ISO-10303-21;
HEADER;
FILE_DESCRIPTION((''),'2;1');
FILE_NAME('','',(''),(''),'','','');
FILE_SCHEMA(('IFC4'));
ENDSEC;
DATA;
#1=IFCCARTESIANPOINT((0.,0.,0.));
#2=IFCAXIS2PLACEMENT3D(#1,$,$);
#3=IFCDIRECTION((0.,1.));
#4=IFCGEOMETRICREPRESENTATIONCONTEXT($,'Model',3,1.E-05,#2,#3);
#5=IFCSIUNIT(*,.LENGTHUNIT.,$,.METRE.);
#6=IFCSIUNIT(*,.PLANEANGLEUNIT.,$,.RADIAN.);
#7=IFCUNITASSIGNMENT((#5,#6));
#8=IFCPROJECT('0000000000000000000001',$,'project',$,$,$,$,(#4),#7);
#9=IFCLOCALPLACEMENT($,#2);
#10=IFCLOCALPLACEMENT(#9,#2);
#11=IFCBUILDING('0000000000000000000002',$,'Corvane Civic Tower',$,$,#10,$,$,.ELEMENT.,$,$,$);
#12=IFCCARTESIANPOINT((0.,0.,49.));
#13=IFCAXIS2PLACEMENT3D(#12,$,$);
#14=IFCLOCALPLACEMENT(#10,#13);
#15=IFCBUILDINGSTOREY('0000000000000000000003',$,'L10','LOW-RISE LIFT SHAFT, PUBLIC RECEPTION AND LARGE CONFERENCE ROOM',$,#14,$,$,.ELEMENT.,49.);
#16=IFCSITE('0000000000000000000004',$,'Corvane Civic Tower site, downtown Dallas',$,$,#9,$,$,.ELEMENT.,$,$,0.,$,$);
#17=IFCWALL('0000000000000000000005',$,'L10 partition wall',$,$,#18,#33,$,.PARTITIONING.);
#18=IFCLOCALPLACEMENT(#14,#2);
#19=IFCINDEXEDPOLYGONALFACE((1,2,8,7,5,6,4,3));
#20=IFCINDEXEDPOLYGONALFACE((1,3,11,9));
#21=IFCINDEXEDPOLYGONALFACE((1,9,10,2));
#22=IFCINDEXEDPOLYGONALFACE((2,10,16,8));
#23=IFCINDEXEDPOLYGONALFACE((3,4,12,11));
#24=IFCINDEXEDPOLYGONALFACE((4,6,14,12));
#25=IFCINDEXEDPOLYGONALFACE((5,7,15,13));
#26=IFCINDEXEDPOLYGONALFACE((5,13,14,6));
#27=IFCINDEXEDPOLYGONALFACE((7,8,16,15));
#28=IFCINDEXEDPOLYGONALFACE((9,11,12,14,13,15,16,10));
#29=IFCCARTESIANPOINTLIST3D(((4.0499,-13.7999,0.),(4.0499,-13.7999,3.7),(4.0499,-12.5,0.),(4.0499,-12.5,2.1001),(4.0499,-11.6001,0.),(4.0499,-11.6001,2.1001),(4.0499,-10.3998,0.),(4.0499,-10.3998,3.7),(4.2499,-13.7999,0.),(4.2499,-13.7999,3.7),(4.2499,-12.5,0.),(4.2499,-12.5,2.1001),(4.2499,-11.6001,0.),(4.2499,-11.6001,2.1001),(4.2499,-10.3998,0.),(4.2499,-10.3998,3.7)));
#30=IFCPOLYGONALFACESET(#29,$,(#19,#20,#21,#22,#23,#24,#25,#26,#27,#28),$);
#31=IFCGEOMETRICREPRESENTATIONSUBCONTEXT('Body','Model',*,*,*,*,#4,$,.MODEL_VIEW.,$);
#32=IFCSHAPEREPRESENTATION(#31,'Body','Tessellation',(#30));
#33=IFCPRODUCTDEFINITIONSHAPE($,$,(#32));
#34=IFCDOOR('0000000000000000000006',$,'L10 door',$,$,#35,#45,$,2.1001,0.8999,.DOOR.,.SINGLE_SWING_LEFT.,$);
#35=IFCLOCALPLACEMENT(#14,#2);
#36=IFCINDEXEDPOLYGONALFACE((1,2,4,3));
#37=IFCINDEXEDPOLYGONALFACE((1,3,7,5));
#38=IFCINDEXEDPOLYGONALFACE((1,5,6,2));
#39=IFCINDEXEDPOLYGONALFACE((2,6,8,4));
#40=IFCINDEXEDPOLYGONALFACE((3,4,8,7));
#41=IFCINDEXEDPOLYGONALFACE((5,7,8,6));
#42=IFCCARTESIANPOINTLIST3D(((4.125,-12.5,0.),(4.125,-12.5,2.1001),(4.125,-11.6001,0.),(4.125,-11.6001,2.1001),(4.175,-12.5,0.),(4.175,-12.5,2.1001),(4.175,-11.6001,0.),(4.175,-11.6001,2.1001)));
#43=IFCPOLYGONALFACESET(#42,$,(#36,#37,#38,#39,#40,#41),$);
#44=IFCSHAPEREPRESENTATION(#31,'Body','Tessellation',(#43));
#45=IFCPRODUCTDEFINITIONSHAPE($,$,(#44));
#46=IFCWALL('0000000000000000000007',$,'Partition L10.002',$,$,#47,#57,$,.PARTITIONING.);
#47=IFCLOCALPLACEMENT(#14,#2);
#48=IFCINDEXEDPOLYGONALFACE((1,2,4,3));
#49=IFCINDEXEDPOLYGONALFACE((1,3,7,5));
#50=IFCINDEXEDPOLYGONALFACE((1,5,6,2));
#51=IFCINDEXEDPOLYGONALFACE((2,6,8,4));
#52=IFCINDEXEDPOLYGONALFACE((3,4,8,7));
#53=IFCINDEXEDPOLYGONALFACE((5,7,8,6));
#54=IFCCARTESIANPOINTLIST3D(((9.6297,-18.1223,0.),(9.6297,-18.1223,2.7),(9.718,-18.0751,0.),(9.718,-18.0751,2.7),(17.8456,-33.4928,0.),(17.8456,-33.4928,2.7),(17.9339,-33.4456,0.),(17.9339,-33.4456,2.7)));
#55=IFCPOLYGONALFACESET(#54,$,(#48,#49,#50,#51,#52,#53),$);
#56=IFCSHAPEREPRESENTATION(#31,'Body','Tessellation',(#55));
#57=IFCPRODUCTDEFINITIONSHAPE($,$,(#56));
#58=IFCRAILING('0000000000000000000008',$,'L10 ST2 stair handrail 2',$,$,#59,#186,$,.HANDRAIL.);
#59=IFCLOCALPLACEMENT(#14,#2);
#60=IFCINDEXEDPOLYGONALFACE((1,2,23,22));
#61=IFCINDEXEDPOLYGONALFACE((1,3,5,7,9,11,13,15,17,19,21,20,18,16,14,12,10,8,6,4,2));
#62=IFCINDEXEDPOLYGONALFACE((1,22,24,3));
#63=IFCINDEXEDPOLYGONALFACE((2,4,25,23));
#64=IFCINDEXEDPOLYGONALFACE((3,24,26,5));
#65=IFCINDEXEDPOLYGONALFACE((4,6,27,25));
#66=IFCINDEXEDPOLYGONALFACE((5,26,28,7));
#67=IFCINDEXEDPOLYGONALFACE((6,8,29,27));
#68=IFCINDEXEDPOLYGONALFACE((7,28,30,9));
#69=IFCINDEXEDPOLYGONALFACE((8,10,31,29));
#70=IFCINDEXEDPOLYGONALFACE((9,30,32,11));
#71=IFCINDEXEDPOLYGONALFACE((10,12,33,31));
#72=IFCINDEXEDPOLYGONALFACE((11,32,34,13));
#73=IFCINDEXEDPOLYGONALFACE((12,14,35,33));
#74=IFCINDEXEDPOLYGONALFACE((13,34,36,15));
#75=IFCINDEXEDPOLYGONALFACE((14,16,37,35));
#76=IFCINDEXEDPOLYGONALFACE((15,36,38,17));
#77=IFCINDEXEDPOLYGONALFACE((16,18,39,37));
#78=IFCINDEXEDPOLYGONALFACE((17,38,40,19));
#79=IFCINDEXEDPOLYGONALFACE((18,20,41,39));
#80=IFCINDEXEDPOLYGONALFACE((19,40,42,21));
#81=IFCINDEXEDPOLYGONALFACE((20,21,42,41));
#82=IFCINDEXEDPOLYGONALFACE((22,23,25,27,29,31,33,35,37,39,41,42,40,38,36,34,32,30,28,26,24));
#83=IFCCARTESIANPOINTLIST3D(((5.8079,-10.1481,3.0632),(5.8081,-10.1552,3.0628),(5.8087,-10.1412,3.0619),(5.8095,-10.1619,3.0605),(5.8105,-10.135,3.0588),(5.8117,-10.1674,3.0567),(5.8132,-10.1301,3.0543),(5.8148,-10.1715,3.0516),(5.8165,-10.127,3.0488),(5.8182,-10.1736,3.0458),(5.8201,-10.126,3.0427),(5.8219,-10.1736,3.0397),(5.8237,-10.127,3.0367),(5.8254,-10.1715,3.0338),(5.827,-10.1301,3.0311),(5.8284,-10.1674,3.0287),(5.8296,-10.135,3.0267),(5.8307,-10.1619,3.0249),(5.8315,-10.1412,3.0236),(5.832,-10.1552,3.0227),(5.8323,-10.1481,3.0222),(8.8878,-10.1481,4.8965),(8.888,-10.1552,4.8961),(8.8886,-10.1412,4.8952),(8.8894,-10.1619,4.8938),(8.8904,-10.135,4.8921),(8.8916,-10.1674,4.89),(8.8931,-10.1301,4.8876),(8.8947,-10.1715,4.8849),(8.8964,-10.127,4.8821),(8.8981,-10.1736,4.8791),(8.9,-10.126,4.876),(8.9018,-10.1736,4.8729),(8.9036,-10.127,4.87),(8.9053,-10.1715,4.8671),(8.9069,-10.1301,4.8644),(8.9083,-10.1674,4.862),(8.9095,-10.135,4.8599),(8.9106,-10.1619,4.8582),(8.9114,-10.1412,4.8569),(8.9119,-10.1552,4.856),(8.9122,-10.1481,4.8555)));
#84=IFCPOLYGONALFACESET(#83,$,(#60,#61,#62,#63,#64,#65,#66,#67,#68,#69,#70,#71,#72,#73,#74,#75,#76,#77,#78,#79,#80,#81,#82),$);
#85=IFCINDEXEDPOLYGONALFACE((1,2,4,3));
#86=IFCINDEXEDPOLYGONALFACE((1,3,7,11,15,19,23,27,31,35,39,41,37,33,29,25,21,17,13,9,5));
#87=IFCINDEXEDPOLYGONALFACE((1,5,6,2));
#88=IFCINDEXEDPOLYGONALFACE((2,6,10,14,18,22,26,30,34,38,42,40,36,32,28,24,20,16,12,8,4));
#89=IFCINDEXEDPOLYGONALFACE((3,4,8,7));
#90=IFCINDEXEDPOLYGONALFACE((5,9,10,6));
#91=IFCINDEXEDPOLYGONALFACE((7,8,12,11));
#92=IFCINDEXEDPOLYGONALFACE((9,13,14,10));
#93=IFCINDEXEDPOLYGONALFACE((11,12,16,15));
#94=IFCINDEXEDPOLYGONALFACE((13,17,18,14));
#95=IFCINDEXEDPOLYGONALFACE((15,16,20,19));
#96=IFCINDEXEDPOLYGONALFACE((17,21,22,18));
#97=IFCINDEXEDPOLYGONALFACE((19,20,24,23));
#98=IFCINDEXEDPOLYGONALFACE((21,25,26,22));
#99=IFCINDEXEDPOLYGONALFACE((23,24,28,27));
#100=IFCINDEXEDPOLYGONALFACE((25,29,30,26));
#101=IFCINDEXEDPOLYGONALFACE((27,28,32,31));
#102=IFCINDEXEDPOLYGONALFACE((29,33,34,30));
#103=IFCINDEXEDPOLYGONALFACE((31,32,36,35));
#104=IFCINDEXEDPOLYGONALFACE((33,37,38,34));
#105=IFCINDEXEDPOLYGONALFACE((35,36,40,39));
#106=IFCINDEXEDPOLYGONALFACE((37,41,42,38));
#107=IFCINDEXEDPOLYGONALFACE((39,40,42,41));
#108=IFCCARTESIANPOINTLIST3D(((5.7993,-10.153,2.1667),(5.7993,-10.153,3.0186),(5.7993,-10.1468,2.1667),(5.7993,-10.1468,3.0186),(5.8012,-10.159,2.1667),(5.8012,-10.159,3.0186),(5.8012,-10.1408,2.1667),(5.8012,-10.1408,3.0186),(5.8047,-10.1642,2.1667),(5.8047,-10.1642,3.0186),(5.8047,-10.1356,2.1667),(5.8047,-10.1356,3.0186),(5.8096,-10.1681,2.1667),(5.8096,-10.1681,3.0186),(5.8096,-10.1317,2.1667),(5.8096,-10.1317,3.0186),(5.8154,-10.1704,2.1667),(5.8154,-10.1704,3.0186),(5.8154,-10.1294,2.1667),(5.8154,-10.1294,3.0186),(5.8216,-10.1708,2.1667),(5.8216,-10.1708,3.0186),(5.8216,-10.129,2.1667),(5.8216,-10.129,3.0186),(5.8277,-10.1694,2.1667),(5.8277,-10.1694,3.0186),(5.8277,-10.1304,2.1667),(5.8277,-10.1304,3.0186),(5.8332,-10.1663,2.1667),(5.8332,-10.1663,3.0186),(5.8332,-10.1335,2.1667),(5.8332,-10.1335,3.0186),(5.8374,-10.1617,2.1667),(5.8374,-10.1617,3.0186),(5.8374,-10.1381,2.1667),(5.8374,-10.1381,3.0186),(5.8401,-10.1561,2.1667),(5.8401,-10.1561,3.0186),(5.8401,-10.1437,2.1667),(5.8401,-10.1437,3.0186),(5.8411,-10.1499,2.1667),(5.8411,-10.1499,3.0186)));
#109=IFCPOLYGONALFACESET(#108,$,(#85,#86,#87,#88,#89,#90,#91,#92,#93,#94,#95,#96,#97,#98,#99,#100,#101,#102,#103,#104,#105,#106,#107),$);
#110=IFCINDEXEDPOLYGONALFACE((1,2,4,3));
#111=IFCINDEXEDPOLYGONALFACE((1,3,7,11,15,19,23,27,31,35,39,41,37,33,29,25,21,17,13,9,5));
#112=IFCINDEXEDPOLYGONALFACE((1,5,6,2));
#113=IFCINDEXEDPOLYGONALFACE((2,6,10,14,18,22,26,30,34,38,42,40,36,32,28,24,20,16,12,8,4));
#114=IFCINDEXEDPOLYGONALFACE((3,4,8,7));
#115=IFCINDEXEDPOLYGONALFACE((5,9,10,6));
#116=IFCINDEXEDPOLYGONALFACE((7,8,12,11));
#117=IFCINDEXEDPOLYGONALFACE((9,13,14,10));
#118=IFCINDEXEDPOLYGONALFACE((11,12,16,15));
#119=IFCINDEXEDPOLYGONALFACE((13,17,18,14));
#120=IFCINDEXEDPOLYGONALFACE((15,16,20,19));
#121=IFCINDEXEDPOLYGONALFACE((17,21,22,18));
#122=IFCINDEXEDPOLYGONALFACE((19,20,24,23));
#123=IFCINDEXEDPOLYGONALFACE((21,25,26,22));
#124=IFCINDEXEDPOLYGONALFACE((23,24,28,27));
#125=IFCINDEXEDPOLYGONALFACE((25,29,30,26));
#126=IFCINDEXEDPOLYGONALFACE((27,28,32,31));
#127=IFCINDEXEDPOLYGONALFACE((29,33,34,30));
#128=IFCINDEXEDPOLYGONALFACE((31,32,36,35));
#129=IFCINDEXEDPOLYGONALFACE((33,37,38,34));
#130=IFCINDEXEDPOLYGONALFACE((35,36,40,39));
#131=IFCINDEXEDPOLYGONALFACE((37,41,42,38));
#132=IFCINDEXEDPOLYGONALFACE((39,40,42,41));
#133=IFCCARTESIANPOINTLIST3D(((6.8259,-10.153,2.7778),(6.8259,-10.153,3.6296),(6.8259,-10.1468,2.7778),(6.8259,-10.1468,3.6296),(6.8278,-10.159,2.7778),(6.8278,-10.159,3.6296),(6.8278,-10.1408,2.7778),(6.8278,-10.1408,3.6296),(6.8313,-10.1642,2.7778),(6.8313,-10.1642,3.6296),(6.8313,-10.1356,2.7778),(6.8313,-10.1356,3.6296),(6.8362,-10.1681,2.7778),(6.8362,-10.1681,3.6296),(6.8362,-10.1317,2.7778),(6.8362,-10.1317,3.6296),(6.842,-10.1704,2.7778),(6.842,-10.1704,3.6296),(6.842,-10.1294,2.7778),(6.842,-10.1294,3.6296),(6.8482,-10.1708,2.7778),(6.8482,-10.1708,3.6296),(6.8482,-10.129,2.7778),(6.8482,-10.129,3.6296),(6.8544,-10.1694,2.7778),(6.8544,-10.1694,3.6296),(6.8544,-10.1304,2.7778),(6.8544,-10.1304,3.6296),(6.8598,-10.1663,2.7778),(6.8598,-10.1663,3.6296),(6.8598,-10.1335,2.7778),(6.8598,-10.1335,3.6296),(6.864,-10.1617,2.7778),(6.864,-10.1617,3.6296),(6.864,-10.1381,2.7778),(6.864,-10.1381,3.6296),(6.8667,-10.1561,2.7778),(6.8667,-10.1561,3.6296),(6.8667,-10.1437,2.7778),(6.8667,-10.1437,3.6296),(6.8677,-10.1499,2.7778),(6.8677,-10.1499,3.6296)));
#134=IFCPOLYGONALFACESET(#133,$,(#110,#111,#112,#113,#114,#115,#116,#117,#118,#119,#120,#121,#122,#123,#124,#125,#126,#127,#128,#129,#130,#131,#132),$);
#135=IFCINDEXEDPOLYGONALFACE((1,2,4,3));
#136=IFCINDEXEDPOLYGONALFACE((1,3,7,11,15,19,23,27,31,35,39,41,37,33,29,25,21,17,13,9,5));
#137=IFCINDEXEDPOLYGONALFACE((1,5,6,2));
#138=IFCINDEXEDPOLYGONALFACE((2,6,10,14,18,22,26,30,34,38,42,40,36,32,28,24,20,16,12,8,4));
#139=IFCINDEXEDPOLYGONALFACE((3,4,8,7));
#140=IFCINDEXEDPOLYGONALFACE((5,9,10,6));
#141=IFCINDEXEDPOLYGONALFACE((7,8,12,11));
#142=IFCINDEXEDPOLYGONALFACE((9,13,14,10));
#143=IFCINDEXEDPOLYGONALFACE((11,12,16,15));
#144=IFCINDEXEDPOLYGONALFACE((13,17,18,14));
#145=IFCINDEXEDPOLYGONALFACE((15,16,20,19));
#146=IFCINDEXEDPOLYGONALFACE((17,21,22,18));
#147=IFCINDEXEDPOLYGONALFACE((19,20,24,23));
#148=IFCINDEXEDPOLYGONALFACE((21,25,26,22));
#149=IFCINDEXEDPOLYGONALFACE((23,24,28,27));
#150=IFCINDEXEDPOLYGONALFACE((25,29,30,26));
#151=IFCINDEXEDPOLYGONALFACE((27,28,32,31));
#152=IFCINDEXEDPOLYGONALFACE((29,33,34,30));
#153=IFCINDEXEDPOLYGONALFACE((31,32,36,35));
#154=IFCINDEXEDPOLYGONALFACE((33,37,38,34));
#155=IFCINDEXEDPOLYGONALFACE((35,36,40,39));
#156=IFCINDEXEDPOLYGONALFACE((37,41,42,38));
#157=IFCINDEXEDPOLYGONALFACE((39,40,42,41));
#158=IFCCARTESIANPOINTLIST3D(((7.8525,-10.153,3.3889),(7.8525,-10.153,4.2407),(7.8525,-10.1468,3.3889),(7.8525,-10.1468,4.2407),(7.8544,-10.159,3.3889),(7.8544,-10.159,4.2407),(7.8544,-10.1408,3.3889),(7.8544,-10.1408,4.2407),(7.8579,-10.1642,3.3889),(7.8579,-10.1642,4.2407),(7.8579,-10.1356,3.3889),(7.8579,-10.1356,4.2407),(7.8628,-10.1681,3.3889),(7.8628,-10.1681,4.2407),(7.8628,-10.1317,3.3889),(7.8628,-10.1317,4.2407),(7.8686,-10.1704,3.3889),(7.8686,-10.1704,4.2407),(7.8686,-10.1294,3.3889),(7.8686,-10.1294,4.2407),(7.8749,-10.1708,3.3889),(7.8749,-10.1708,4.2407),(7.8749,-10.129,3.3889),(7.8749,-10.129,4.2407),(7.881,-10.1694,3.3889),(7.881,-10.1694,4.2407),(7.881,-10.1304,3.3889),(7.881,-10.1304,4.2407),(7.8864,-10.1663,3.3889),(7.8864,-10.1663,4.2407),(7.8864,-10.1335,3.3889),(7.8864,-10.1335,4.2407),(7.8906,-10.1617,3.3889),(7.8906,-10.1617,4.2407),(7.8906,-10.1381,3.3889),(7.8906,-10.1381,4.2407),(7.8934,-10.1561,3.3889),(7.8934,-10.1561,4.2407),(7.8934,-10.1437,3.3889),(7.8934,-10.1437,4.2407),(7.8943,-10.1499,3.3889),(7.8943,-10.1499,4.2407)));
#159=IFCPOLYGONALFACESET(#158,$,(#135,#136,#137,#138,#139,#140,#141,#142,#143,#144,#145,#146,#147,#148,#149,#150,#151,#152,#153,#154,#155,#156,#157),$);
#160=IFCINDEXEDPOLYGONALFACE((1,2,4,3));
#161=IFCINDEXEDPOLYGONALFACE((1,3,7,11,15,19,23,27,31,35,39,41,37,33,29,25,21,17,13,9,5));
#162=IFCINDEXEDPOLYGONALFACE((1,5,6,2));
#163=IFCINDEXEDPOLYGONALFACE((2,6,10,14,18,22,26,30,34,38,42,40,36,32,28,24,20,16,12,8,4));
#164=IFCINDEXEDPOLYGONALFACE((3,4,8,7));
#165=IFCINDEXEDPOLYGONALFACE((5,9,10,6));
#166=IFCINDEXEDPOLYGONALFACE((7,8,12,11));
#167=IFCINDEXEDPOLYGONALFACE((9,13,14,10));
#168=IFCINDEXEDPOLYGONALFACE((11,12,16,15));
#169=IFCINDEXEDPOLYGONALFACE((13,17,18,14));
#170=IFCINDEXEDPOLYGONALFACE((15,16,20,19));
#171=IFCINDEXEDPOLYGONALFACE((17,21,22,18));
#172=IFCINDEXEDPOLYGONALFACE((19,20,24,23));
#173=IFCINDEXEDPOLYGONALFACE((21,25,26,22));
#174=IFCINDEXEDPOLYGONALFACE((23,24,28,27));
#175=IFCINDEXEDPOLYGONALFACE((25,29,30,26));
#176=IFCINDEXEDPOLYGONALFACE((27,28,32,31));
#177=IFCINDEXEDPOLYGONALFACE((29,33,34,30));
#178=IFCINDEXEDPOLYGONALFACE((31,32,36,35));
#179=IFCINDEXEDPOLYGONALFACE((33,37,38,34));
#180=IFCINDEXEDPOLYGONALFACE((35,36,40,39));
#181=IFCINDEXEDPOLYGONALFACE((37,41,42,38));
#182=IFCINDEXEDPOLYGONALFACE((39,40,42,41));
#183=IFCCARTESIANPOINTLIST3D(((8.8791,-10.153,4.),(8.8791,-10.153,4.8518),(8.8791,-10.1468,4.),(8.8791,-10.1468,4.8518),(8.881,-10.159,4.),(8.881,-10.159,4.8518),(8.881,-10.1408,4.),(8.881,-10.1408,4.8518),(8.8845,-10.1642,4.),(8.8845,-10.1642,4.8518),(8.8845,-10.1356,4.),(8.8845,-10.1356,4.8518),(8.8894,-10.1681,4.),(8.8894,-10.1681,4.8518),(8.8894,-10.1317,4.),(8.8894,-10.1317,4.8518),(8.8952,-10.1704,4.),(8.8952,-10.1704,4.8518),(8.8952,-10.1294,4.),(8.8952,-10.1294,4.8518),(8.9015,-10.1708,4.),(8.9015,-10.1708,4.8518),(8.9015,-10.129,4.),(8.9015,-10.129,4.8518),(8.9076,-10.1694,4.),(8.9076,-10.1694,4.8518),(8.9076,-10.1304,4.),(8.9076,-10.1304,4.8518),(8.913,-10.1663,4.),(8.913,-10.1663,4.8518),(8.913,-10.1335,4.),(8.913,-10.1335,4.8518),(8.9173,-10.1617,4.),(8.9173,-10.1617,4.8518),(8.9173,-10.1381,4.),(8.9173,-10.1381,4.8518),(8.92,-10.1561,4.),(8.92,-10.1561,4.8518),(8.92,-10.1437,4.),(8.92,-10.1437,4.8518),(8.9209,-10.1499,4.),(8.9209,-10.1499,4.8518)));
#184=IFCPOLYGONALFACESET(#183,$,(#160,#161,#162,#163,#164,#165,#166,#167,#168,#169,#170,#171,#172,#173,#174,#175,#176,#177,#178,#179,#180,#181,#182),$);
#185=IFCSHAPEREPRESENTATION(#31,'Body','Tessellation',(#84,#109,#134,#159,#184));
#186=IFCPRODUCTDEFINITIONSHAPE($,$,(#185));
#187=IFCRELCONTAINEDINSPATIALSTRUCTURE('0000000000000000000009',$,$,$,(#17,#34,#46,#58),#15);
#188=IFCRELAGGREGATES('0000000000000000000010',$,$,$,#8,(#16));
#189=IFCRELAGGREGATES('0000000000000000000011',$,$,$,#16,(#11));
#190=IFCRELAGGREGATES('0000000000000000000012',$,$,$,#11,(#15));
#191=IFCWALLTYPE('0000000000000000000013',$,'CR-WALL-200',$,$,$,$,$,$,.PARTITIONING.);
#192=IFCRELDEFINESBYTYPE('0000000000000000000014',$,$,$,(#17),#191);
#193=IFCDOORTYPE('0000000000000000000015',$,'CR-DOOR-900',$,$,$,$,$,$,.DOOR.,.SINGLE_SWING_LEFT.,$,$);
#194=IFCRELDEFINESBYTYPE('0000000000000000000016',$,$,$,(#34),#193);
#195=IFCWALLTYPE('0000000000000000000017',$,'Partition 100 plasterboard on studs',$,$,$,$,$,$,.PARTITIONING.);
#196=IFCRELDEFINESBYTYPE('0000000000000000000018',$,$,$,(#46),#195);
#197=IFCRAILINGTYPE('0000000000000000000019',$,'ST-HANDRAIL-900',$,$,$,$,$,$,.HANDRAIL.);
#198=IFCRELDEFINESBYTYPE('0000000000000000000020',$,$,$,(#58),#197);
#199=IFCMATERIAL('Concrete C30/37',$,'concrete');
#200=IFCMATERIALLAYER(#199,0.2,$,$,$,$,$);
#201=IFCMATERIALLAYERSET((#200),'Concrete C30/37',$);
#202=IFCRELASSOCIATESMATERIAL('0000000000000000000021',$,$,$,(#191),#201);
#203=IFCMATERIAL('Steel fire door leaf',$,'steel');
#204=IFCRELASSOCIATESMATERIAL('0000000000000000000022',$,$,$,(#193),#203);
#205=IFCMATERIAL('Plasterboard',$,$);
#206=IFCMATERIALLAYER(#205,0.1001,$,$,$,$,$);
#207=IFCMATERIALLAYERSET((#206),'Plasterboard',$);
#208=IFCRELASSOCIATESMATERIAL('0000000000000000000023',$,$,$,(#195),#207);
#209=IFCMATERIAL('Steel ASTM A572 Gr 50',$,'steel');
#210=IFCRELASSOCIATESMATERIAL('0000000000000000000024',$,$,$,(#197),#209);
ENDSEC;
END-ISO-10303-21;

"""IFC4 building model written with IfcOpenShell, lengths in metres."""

from ifc_helpers import new_model, si_unit, direction, frame, frame_2d, origin, origin_2d, place, context, subcontext, project, spatial, rectangle, circle, extrude, material, layer, layer_set, type_object, element, fill, save


model = new_model("IFC4")

# Units and contexts
model_context = context("Model", 3, precision=1e-05, world=origin(), true_north=direction((0.0, 1.0)))
body_context = subcontext(model_context, "Body", "Model", "MODEL_VIEW")
ifc_project = project(units=[si_unit("LENGTHUNIT", "METRE"), si_unit("PLANEANGLEUNIT", "RADIAN")], contexts=[model_context])

# Site, building, storey
site_placement = place(None, origin())
site = spatial("IfcSite", under=ifc_project, at=site_placement, Name="Corvane Civic Tower site, downtown Dallas", CompositionType="ELEMENT", RefElevation=0.0)
building_placement = place(site_placement, origin())
building = spatial("IfcBuilding", under=site, at=building_placement, Name="Corvane Civic Tower", CompositionType="ELEMENT")
storey_placement = place(building_placement, frame((0.0, 0.0, 49.0)))
storey = spatial("IfcBuildingStorey", under=building, at=storey_placement, Name="L10", Description="LOW-RISE LIFT SHAFT, PUBLIC RECEPTION AND LARGE CONFERENCE ROOM", CompositionType="ELEMENT", Elevation=49.0)

# Wall, opening, door
ifc_material_1 = material(Name="Concrete C30/37", Category="concrete")
ifc_layer_1 = layer(ifc_material_1, 0.2)
ifc_layer_set_1 = layer_set([ifc_layer_1], Name="Concrete C30/37")
wall_type_1 = type_object("IfcWallType", Name="CR-WALL-200", PredefinedType="PARTITIONING", material=ifc_layer_set_1)
wall_1_placement = place(storey_placement, frame((4.1499, -13.8, 0.0), z_axis=(0.0, 0.0, 1.0), x_axis=(0.0, 1.0, 0.0)))
wall_1 = element("IfcWall", 1, at=wall_1_placement, inside=storey, type_object=wall_type_1, Name="L10 partition wall", PredefinedType="PARTITIONING", context=body_context, shape_type="SweptSolid", body=[
    extrude(rectangle(XDim=3.4001, YDim=0.2, at=frame_2d((1.7002, 0.0))), origin(), (0.0, 0.0, 1.0), 3.7),
])
opening_1_placement = place(wall_1_placement, frame((1.3, 0.0, 0.0)))
opening_1 = element("IfcOpeningElement", 2, at=opening_1_placement, cuts=wall_1, PredefinedType="OPENING", context=body_context, shape_type="SweptSolid", body=[
    extrude(rectangle(XDim=0.8999, YDim=2.1001, at=frame_2d((0.45, 1.05))), frame((0.0, 0.1099, 0.0), z_axis=(0.0, -1.0, 0.0), x_axis=(1.0, 0.0, 0.0)), (0.0, 0.0, 1.0), 0.22),
])
ifc_material_2 = material(Name="Steel fire door leaf", Category="steel")
door_type_1 = type_object("IfcDoorType", Name="CR-DOOR-900", OperationType="SINGLE_SWING_LEFT", PredefinedType="DOOR", material=ifc_material_2)
door_1_placement = place(opening_1_placement, origin())
door_1 = element("IfcDoor", 3, at=door_1_placement, inside=storey, type_object=door_type_1, Name="L10 door", OperationType="SINGLE_SWING_LEFT", OverallHeight=2.1001, OverallWidth=0.8999, PredefinedType="DOOR", context=body_context, shape_type="SweptSolid", body=[
    extrude(rectangle(XDim=0.8999, YDim=2.1001, at=frame_2d((0.45, 1.05))), frame((0.0, 0.0249, 0.0), z_axis=(0.0, -1.0, 0.0), x_axis=(1.0, 0.0, 0.0)), (0.0, 0.0, 1.0), 0.05),
])
fill(opening_1, door_1)

# Wall
ifc_material_3 = material(Name="Plasterboard")
ifc_layer_2 = layer(ifc_material_3, 0.1001)
ifc_layer_set_2 = layer_set([ifc_layer_2], Name="Plasterboard")
wall_type_2 = type_object("IfcWallType", Name="Partition 100 plasterboard on studs", PredefinedType="PARTITIONING", material=ifc_layer_set_2)
wall_2_placement = place(storey_placement, frame((9.6738, -18.0986, 0.0), z_axis=(0.0, 0.0, 1.0), x_axis=(0.471405, -0.881917, 0.0)))
element("IfcWall", 4, at=wall_2_placement, inside=storey, type_object=wall_type_2, Name="Partition L10.002", PredefinedType="PARTITIONING", context=body_context, shape_type="SweptSolid", body=[
    extrude(rectangle(XDim=17.4285, YDim=0.1001, at=frame_2d((8.7144, 0.0))), origin(), (0.0, 0.0, 1.0), 2.7),
])

# Railing
ifc_material_4 = material(Name="Steel ASTM A572 Gr 50", Category="steel")
railing_type = type_object("IfcRailingType", Name="ST-HANDRAIL-900", PredefinedType="HANDRAIL", material=ifc_material_4)
railing_placement = place(storey_placement, frame((5.8201, -10.1499, 2.1667)))
element("IfcRailing", 5, at=railing_placement, inside=storey, type_object=railing_type, Name="L10 ST2 stair handrail 2", PredefinedType="HANDRAIL", context=body_context, shape_type="SweptSolid", body=[
    extrude(circle(Radius=0.0239, at=origin_2d()), frame((0.0, 0.0, 0.876), z_axis=(0.859291, 0.0, 0.511487), x_axis=(0.0, 1.0, 0.0)), (0.0, 0.0, 1.0), 3.5842),
    extrude(circle(Radius=0.021, at=origin_2d()), origin(), (0.0, 0.0, 1.0), 0.8518),
    extrude(circle(Radius=0.021, at=origin_2d()), frame((1.0266, 0.0, 0.6111)), (0.0, 0.0, 1.0), 0.8518),
    extrude(circle(Radius=0.021, at=origin_2d()), frame((2.0532, 0.0, 1.2222)), (0.0, 0.0, 1.0), 0.8518),
    extrude(circle(Radius=0.021, at=origin_2d()), frame((3.0798, 0.0, 1.8333)), (0.0, 0.0, 1.0), 0.8518),
])

save(model, "model.ifc")
